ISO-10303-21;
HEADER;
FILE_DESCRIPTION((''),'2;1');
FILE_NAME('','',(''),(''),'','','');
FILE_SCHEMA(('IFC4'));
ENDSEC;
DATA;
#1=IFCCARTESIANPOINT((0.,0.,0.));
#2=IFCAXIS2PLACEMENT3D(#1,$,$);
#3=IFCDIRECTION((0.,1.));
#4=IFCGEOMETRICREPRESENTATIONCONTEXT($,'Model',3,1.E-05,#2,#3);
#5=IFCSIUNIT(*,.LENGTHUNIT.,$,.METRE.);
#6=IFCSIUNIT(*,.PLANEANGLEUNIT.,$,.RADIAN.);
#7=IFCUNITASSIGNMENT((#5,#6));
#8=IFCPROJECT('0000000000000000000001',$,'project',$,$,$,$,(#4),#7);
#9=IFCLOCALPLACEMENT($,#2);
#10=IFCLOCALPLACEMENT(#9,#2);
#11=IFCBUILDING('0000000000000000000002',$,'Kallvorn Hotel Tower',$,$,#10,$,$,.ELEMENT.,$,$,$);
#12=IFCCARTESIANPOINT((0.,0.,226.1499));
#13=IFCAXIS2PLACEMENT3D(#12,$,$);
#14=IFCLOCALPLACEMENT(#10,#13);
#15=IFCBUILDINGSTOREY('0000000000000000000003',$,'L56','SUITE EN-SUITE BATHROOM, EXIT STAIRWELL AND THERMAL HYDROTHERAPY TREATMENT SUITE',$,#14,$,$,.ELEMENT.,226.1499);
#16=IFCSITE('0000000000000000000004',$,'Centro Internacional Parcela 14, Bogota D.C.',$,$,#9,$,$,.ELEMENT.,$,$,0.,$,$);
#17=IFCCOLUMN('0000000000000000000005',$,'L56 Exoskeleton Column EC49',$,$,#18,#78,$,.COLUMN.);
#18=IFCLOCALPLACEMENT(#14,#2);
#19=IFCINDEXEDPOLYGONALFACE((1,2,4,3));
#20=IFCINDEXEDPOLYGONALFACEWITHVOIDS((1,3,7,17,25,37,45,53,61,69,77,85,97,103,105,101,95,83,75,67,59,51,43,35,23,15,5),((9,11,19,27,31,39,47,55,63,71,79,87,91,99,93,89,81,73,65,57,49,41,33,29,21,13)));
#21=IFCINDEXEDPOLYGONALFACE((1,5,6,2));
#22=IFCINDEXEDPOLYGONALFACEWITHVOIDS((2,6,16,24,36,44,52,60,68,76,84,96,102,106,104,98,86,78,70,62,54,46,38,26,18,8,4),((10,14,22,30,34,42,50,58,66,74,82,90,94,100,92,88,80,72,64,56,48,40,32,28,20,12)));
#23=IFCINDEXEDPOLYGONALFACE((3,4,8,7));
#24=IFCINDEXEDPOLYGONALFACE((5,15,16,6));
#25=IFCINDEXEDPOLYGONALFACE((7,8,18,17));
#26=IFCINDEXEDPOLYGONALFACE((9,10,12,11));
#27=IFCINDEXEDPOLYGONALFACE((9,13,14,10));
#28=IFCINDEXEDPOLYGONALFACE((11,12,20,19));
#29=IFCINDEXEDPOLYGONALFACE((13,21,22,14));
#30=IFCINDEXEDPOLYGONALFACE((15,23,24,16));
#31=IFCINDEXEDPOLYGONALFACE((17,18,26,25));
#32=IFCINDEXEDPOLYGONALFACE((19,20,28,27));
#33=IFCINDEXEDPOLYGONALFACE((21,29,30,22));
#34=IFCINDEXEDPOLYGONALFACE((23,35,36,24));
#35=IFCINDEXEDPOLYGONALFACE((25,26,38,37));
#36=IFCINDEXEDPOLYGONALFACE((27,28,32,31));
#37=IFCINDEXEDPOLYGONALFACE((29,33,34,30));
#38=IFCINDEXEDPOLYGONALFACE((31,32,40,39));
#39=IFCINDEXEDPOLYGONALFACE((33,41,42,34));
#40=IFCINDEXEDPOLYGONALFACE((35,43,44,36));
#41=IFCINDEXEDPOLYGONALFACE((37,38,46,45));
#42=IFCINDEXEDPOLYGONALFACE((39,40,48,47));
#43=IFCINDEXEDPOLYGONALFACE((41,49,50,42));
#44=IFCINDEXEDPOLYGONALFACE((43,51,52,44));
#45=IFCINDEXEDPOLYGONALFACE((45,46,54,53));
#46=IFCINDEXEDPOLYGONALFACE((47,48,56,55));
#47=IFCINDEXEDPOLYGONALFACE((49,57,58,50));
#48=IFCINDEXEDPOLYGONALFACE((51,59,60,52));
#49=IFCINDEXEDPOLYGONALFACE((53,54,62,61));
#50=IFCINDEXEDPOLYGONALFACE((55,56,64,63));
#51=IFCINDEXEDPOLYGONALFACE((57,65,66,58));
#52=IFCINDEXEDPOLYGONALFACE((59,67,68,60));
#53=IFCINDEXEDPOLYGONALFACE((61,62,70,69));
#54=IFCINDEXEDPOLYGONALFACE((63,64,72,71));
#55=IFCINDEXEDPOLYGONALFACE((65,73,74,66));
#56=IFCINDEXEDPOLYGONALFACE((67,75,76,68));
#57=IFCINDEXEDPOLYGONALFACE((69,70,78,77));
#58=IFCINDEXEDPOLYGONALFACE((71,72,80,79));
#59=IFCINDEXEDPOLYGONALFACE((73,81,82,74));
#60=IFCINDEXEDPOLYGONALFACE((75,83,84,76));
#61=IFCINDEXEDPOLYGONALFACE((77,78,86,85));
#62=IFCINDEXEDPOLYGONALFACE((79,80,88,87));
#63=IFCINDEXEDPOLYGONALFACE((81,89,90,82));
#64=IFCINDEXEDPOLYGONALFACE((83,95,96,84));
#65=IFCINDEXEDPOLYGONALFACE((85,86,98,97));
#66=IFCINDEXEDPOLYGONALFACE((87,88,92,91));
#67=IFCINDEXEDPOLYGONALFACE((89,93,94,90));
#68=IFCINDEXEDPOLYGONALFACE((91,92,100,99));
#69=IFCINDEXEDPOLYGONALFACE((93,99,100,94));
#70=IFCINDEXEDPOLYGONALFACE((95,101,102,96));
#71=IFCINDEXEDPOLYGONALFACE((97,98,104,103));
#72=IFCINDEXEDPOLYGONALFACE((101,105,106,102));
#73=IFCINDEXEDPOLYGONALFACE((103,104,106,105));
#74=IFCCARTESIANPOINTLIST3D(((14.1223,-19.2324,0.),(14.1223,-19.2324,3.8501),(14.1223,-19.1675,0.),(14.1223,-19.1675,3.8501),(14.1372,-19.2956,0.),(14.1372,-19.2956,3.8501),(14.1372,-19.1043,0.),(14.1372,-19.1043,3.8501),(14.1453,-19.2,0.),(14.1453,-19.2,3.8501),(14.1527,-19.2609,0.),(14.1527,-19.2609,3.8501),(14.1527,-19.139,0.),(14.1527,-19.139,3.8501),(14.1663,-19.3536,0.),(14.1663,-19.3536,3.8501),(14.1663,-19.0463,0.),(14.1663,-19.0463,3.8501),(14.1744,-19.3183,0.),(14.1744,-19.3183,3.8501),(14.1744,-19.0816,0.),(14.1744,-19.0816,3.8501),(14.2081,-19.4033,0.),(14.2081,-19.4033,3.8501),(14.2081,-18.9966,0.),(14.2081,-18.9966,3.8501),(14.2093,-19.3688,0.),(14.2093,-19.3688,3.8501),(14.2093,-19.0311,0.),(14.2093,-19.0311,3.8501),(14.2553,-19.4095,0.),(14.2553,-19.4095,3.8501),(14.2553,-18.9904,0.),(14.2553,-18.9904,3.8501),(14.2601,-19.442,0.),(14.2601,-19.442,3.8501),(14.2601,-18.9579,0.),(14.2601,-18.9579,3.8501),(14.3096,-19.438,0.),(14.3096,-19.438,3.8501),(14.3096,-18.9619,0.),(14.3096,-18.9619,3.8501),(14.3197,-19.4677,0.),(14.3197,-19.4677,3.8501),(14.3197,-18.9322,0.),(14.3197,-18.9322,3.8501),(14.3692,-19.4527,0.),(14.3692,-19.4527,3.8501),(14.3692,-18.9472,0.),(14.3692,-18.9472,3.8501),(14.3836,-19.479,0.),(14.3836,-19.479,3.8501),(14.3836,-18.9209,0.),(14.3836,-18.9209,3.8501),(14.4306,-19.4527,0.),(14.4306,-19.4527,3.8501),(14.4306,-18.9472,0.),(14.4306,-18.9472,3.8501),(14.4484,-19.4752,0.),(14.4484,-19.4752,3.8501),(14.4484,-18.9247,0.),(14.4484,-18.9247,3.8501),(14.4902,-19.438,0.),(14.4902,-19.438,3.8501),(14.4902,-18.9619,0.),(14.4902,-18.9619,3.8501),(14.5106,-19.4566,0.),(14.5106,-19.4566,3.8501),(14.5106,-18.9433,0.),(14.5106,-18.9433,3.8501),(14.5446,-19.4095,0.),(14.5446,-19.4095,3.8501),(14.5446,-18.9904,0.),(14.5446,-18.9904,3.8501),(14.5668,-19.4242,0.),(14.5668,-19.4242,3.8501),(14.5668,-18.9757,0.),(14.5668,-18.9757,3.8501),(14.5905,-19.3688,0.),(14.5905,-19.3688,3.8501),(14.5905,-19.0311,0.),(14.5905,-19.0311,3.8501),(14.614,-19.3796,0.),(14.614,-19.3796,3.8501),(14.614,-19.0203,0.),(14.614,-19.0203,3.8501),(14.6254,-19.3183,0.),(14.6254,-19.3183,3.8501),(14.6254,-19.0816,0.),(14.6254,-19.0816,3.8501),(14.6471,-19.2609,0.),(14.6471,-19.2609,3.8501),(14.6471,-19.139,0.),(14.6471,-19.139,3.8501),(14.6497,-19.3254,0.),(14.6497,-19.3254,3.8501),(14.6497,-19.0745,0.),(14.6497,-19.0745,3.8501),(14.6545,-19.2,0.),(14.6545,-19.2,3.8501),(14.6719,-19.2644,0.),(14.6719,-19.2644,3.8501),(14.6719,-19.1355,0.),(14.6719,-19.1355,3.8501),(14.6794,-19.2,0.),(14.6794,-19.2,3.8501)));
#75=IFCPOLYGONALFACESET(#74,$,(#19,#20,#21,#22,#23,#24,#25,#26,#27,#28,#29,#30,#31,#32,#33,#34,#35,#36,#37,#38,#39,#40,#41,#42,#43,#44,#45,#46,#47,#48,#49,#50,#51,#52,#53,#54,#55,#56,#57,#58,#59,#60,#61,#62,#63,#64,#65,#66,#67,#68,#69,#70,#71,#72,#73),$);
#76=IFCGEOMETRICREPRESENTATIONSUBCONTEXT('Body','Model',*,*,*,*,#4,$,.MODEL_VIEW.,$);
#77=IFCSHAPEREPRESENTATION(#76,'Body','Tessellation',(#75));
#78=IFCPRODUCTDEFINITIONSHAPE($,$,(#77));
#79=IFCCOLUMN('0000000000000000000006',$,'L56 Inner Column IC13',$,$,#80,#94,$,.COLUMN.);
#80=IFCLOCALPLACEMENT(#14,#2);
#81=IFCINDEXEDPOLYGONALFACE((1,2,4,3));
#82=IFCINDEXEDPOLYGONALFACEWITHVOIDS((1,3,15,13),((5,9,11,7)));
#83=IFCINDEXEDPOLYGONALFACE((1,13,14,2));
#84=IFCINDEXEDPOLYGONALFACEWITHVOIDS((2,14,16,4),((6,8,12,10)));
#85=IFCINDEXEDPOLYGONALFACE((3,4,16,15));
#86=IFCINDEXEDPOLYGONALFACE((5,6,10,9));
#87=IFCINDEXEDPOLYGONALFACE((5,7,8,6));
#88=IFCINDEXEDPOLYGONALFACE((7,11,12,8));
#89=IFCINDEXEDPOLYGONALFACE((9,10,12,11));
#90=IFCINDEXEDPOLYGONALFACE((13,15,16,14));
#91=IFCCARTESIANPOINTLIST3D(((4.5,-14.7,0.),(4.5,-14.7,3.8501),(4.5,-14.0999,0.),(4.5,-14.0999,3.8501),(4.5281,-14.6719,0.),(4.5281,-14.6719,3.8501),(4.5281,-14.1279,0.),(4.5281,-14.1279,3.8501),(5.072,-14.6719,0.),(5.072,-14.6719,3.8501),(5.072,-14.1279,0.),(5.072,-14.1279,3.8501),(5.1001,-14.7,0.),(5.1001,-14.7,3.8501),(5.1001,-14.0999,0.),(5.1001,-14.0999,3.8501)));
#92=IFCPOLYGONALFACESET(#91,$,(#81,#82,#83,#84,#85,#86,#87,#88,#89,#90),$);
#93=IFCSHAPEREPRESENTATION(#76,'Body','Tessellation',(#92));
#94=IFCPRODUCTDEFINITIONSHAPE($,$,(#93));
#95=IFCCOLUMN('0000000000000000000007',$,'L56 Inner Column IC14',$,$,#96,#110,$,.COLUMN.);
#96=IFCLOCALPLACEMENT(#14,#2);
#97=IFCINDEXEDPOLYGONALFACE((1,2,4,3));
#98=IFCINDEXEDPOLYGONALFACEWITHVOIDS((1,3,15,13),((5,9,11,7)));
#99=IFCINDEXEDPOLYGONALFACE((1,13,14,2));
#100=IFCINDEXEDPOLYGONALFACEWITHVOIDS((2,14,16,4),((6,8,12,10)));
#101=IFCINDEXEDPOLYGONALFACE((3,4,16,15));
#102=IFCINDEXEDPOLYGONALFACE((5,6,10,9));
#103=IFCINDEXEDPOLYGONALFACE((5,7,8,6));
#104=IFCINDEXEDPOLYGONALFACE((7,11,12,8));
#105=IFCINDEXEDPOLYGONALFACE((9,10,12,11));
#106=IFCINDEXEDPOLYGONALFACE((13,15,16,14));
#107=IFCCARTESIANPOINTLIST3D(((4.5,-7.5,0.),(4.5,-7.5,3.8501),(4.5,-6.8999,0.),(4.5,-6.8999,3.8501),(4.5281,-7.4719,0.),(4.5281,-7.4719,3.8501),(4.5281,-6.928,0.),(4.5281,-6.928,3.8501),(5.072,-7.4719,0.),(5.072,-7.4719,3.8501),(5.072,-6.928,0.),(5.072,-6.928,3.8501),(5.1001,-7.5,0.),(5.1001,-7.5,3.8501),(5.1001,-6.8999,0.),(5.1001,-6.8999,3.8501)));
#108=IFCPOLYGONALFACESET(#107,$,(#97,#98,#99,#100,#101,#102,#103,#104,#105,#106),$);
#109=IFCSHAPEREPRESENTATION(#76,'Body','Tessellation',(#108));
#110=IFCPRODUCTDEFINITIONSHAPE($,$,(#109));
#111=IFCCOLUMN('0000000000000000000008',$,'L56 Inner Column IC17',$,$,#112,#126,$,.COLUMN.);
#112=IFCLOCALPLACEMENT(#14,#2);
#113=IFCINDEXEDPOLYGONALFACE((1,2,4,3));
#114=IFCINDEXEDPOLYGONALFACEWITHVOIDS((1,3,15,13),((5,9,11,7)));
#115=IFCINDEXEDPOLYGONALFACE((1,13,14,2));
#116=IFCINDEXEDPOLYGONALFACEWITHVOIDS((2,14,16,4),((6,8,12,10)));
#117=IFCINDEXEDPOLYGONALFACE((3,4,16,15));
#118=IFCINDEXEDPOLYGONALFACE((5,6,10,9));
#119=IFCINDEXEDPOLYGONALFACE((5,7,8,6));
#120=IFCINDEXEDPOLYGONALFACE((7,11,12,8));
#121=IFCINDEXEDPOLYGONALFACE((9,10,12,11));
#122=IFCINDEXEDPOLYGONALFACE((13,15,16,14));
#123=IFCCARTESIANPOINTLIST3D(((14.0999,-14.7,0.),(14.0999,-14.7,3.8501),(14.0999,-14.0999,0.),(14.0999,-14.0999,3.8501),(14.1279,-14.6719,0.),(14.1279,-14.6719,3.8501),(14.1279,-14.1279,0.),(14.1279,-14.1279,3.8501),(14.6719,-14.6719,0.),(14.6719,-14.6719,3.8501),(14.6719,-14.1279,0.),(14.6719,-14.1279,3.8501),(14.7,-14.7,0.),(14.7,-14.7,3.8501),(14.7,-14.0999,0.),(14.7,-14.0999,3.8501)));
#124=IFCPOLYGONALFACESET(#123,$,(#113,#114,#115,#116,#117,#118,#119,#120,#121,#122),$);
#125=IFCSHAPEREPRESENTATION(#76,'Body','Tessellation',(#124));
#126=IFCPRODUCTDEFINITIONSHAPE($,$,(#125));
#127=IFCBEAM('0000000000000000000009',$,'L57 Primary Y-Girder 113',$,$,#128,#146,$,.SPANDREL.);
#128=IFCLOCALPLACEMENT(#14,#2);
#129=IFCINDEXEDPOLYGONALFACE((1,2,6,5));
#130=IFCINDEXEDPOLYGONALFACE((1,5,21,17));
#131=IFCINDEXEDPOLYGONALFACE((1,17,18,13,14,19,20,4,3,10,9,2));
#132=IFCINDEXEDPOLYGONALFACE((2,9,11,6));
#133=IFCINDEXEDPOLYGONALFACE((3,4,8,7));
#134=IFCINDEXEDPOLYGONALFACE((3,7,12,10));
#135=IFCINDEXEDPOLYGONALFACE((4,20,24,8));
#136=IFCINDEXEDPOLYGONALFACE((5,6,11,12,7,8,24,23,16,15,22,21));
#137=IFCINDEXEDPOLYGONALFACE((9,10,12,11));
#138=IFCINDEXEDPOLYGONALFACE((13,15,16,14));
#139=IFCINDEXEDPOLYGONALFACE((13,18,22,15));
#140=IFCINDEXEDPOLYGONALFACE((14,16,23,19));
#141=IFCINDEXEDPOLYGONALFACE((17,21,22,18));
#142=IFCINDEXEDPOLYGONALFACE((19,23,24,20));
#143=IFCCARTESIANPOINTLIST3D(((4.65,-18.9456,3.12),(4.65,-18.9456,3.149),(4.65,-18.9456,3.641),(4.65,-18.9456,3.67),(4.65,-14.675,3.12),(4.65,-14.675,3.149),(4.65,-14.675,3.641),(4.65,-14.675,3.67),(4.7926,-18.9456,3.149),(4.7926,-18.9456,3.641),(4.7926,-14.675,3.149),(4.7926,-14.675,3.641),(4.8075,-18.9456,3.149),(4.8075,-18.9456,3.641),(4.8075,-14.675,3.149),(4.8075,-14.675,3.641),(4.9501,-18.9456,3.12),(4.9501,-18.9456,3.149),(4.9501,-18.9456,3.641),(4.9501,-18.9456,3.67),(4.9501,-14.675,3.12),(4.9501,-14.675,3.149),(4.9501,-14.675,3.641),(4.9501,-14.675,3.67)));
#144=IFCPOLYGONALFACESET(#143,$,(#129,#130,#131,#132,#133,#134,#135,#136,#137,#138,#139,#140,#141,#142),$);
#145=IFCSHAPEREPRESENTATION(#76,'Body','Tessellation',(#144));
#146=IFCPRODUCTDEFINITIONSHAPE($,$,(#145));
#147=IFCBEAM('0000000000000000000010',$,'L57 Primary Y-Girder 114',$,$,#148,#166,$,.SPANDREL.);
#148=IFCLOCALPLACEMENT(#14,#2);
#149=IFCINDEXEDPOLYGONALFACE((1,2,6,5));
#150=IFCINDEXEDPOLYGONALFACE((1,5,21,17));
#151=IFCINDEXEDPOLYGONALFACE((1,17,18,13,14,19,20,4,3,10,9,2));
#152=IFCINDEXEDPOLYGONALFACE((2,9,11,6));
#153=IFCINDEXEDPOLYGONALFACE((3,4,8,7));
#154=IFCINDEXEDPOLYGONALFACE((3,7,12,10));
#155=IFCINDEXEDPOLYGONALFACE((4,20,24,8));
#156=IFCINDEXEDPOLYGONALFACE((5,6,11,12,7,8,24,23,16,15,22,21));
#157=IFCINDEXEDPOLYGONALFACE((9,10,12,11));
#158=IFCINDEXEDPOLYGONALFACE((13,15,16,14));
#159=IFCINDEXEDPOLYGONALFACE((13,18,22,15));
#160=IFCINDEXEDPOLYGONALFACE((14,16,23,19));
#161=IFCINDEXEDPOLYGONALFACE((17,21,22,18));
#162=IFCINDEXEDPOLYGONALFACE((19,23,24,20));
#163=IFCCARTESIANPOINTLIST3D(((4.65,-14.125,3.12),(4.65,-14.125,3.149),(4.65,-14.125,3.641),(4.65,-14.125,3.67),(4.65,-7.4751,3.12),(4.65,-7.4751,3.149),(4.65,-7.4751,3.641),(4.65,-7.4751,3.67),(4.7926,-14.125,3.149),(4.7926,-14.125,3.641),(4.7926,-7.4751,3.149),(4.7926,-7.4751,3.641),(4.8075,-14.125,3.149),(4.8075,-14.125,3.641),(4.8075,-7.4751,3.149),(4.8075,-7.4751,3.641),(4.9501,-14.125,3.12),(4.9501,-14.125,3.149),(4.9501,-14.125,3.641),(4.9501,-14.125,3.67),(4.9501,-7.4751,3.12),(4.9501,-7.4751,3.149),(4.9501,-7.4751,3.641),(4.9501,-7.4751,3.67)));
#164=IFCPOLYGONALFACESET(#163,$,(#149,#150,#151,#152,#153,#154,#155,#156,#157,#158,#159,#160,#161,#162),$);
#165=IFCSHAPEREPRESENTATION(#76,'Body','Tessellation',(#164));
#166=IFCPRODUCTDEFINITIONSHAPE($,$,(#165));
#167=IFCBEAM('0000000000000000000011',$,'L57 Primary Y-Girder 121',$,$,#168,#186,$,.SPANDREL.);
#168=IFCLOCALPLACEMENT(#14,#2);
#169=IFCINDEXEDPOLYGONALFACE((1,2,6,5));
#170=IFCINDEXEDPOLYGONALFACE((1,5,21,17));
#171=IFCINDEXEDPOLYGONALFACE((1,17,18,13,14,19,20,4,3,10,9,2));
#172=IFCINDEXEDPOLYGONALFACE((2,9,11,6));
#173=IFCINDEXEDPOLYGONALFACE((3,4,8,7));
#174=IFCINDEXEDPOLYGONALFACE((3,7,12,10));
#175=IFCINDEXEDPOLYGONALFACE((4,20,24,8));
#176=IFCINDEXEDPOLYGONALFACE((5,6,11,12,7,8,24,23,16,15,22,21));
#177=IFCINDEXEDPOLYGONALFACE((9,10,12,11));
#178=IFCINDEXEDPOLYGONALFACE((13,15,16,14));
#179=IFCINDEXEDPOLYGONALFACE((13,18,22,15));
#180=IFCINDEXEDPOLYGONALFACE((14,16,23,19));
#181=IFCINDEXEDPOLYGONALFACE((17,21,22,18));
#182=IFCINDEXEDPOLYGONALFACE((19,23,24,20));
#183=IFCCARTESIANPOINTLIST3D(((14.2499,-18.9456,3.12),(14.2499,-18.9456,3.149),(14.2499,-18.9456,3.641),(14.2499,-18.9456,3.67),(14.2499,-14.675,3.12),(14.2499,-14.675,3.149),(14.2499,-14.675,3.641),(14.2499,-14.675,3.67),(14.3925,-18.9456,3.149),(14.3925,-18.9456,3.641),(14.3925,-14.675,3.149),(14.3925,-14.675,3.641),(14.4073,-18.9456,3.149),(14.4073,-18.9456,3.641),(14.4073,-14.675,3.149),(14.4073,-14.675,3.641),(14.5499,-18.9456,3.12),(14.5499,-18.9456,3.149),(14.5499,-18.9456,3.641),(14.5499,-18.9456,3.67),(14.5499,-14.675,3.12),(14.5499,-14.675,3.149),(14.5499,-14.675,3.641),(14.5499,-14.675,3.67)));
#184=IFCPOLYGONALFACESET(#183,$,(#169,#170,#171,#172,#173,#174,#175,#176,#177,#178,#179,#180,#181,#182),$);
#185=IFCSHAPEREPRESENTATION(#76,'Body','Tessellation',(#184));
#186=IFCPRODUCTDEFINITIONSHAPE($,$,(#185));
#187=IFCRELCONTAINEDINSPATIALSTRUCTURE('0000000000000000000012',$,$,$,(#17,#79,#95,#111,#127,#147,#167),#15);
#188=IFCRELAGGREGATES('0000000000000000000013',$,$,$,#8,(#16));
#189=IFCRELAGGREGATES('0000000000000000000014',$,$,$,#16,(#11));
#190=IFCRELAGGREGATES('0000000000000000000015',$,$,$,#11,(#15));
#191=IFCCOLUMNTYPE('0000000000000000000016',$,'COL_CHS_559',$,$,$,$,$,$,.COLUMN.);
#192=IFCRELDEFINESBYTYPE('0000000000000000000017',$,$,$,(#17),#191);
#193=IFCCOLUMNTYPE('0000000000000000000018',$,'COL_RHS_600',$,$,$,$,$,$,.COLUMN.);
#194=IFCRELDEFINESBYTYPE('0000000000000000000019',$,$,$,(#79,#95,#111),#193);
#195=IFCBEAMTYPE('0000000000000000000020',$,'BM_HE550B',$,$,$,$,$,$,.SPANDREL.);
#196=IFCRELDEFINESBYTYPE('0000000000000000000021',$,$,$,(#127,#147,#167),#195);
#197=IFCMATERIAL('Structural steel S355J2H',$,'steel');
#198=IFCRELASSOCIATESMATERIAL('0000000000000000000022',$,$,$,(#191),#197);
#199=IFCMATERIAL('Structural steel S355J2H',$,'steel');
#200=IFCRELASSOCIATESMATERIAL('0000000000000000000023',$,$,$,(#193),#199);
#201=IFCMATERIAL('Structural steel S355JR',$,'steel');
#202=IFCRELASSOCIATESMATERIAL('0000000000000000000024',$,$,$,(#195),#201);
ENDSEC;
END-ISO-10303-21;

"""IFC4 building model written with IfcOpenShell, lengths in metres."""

from ifc_helpers import new_model, si_unit, direction, frame, origin, origin_2d, place, context, subcontext, project, spatial, hollow_rectangle, hollow_circle, i_section, extrude, material, material_profile, profile_set, type_object, element, save


model = new_model("IFC4")

# Units and contexts
model_context = context("Model", 3, precision=1e-05, world=origin(), true_north=direction((0.0, 1.0)))
body_context = subcontext(model_context, "Body", "Model", "MODEL_VIEW")
ifc_project = project(units=[si_unit("LENGTHUNIT", "METRE"), si_unit("PLANEANGLEUNIT", "RADIAN")], contexts=[model_context])

# Site, building, storey
site_placement = place(None, origin())
site = spatial("IfcSite", under=ifc_project, at=site_placement, Name="Centro Internacional Parcela 14, Bogota D.C.", CompositionType="ELEMENT", RefElevation=0.0)
building_placement = place(site_placement, origin())
building = spatial("IfcBuilding", under=site, at=building_placement, Name="Kallvorn Hotel Tower", CompositionType="ELEMENT")
storey_placement = place(building_placement, frame((0.0, 0.0, 226.1499)))
storey = spatial("IfcBuildingStorey", under=building, at=storey_placement, Name="L56", Description="SUITE EN-SUITE BATHROOM, EXIT STAIRWELL AND THERMAL HYDROTHERAPY TREATMENT SUITE", CompositionType="ELEMENT", Elevation=226.1499)

# Columns
ifc_material_1 = material(Name="Structural steel S355J2H", Category="steel")
ifc_material_profile_1 = material_profile(ifc_material_1, hollow_circle(Radius=0.2795, WallThickness=0.0249, at=origin_2d()), Name="CHS 559x25")
ifc_profile_set_1 = profile_set([ifc_material_profile_1], Name="Structural steel S355J2H")
column_type_1 = type_object("IfcColumnType", Name="COL_CHS_559", PredefinedType="COLUMN", material=ifc_profile_set_1)
for number, where, z_axis, x_axis, name in (
    (1, (14.3999, -19.2, 0.0), (0.0, 0.0, 1.0), (1.0, 0.0, 0.0), "L56 Exoskeleton Column EC49"),
):
    element("IfcColumn", number, at=place(storey_placement, frame(where, z_axis=z_axis, x_axis=x_axis)), inside=storey, type_object=column_type_1, Name=name, PredefinedType="COLUMN", context=body_context, shape_type="SweptSolid", body=[
        extrude(hollow_circle(Radius=0.2795, WallThickness=0.0249, at=origin_2d()), origin(), (0.0, 0.0, 1.0), 3.8501),
    ])
ifc_material_2 = material(Name="Structural steel S355J2H", Category="steel")
ifc_material_profile_2 = material_profile(ifc_material_2, hollow_rectangle(XDim=0.6001, YDim=0.6001, WallThickness=0.0281, at=origin_2d()), Name="RHS 600x600x28")
ifc_profile_set_2 = profile_set([ifc_material_profile_2], Name="Structural steel S355J2H")
column_type_2 = type_object("IfcColumnType", Name="COL_RHS_600", PredefinedType="COLUMN", material=ifc_profile_set_2)
for number, where, z_axis, x_axis, name in (
    (2, (4.8, -14.3999, 0.0), (0.0, 0.0, 1.0), (1.0, 0.0, 0.0), "L56 Inner Column IC13"),
    (3, (4.8, -7.2, 0.0), (0.0, 0.0, 1.0), (1.0, 0.0, 0.0), "L56 Inner Column IC14"),
    (4, (14.3999, -14.3999, 0.0), (0.0, 0.0, 1.0), (1.0, 0.0, 0.0), "L56 Inner Column IC17"),
):
    element("IfcColumn", number, at=place(storey_placement, frame(where, z_axis=z_axis, x_axis=x_axis)), inside=storey, type_object=column_type_2, Name=name, PredefinedType="COLUMN", context=body_context, shape_type="SweptSolid", body=[
        extrude(hollow_rectangle(XDim=0.6001, YDim=0.6001, WallThickness=0.0281, at=origin_2d()), origin(), (0.0, 0.0, 1.0), 3.8501),
    ])

# Beams
ifc_material_3 = material(Name="Structural steel S355JR", Category="steel")
ifc_material_profile_3 = material_profile(ifc_material_3, i_section(OverallWidth=0.3, OverallDepth=0.55, WebThickness=0.0149, FlangeThickness=0.0291, at=origin_2d()), Name="HE 550 B")
ifc_profile_set_3 = profile_set([ifc_material_profile_3], Name="Structural steel S355JR")
beam_type_1 = type_object("IfcBeamType", Name="BM_HE550B", PredefinedType="SPANDREL", material=ifc_profile_set_3)
beam_1_placement = place(storey_placement, frame((4.8, -18.9456, 3.395), z_axis=(0.0, 1.0, 0.0), x_axis=(-1.0, 0.0, 0.0)))
element("IfcBeam", 5, at=beam_1_placement, inside=storey, type_object=beam_type_1, Name="L57 Primary Y-Girder 113", PredefinedType="SPANDREL", context=body_context, shape_type="SweptSolid", body=[
    extrude(i_section(OverallWidth=0.3, OverallDepth=0.55, WebThickness=0.0149, FlangeThickness=0.0291, at=origin_2d()), origin(), (0.0, 0.0, 1.0), 4.2705),
])
beam_2_placement = place(storey_placement, frame((4.8, -14.125, 3.395), z_axis=(0.0, 1.0, 0.0), x_axis=(-1.0, 0.0, 0.0)))
element("IfcBeam", 6, at=beam_2_placement, inside=storey, type_object=beam_type_1, Name="L57 Primary Y-Girder 114", PredefinedType="SPANDREL", context=body_context, shape_type="SweptSolid", body=[
    extrude(i_section(OverallWidth=0.3, OverallDepth=0.55, WebThickness=0.0149, FlangeThickness=0.0291, at=origin_2d()), origin(), (0.0, 0.0, 1.0), 6.6499),
])
beam_3_placement = place(storey_placement, frame((14.3999, -18.9456, 3.395), z_axis=(0.0, 1.0, 0.0), x_axis=(-1.0, 0.0, 0.0)))
element("IfcBeam", 7, at=beam_3_placement, inside=storey, type_object=beam_type_1, Name="L57 Primary Y-Girder 121", PredefinedType="SPANDREL", context=body_context, shape_type="SweptSolid", body=[
    extrude(i_section(OverallWidth=0.3, OverallDepth=0.55, WebThickness=0.0149, FlangeThickness=0.0291, at=origin_2d()), origin(), (0.0, 0.0, 1.0), 4.2705),
])

save(model, "model.ifc")
